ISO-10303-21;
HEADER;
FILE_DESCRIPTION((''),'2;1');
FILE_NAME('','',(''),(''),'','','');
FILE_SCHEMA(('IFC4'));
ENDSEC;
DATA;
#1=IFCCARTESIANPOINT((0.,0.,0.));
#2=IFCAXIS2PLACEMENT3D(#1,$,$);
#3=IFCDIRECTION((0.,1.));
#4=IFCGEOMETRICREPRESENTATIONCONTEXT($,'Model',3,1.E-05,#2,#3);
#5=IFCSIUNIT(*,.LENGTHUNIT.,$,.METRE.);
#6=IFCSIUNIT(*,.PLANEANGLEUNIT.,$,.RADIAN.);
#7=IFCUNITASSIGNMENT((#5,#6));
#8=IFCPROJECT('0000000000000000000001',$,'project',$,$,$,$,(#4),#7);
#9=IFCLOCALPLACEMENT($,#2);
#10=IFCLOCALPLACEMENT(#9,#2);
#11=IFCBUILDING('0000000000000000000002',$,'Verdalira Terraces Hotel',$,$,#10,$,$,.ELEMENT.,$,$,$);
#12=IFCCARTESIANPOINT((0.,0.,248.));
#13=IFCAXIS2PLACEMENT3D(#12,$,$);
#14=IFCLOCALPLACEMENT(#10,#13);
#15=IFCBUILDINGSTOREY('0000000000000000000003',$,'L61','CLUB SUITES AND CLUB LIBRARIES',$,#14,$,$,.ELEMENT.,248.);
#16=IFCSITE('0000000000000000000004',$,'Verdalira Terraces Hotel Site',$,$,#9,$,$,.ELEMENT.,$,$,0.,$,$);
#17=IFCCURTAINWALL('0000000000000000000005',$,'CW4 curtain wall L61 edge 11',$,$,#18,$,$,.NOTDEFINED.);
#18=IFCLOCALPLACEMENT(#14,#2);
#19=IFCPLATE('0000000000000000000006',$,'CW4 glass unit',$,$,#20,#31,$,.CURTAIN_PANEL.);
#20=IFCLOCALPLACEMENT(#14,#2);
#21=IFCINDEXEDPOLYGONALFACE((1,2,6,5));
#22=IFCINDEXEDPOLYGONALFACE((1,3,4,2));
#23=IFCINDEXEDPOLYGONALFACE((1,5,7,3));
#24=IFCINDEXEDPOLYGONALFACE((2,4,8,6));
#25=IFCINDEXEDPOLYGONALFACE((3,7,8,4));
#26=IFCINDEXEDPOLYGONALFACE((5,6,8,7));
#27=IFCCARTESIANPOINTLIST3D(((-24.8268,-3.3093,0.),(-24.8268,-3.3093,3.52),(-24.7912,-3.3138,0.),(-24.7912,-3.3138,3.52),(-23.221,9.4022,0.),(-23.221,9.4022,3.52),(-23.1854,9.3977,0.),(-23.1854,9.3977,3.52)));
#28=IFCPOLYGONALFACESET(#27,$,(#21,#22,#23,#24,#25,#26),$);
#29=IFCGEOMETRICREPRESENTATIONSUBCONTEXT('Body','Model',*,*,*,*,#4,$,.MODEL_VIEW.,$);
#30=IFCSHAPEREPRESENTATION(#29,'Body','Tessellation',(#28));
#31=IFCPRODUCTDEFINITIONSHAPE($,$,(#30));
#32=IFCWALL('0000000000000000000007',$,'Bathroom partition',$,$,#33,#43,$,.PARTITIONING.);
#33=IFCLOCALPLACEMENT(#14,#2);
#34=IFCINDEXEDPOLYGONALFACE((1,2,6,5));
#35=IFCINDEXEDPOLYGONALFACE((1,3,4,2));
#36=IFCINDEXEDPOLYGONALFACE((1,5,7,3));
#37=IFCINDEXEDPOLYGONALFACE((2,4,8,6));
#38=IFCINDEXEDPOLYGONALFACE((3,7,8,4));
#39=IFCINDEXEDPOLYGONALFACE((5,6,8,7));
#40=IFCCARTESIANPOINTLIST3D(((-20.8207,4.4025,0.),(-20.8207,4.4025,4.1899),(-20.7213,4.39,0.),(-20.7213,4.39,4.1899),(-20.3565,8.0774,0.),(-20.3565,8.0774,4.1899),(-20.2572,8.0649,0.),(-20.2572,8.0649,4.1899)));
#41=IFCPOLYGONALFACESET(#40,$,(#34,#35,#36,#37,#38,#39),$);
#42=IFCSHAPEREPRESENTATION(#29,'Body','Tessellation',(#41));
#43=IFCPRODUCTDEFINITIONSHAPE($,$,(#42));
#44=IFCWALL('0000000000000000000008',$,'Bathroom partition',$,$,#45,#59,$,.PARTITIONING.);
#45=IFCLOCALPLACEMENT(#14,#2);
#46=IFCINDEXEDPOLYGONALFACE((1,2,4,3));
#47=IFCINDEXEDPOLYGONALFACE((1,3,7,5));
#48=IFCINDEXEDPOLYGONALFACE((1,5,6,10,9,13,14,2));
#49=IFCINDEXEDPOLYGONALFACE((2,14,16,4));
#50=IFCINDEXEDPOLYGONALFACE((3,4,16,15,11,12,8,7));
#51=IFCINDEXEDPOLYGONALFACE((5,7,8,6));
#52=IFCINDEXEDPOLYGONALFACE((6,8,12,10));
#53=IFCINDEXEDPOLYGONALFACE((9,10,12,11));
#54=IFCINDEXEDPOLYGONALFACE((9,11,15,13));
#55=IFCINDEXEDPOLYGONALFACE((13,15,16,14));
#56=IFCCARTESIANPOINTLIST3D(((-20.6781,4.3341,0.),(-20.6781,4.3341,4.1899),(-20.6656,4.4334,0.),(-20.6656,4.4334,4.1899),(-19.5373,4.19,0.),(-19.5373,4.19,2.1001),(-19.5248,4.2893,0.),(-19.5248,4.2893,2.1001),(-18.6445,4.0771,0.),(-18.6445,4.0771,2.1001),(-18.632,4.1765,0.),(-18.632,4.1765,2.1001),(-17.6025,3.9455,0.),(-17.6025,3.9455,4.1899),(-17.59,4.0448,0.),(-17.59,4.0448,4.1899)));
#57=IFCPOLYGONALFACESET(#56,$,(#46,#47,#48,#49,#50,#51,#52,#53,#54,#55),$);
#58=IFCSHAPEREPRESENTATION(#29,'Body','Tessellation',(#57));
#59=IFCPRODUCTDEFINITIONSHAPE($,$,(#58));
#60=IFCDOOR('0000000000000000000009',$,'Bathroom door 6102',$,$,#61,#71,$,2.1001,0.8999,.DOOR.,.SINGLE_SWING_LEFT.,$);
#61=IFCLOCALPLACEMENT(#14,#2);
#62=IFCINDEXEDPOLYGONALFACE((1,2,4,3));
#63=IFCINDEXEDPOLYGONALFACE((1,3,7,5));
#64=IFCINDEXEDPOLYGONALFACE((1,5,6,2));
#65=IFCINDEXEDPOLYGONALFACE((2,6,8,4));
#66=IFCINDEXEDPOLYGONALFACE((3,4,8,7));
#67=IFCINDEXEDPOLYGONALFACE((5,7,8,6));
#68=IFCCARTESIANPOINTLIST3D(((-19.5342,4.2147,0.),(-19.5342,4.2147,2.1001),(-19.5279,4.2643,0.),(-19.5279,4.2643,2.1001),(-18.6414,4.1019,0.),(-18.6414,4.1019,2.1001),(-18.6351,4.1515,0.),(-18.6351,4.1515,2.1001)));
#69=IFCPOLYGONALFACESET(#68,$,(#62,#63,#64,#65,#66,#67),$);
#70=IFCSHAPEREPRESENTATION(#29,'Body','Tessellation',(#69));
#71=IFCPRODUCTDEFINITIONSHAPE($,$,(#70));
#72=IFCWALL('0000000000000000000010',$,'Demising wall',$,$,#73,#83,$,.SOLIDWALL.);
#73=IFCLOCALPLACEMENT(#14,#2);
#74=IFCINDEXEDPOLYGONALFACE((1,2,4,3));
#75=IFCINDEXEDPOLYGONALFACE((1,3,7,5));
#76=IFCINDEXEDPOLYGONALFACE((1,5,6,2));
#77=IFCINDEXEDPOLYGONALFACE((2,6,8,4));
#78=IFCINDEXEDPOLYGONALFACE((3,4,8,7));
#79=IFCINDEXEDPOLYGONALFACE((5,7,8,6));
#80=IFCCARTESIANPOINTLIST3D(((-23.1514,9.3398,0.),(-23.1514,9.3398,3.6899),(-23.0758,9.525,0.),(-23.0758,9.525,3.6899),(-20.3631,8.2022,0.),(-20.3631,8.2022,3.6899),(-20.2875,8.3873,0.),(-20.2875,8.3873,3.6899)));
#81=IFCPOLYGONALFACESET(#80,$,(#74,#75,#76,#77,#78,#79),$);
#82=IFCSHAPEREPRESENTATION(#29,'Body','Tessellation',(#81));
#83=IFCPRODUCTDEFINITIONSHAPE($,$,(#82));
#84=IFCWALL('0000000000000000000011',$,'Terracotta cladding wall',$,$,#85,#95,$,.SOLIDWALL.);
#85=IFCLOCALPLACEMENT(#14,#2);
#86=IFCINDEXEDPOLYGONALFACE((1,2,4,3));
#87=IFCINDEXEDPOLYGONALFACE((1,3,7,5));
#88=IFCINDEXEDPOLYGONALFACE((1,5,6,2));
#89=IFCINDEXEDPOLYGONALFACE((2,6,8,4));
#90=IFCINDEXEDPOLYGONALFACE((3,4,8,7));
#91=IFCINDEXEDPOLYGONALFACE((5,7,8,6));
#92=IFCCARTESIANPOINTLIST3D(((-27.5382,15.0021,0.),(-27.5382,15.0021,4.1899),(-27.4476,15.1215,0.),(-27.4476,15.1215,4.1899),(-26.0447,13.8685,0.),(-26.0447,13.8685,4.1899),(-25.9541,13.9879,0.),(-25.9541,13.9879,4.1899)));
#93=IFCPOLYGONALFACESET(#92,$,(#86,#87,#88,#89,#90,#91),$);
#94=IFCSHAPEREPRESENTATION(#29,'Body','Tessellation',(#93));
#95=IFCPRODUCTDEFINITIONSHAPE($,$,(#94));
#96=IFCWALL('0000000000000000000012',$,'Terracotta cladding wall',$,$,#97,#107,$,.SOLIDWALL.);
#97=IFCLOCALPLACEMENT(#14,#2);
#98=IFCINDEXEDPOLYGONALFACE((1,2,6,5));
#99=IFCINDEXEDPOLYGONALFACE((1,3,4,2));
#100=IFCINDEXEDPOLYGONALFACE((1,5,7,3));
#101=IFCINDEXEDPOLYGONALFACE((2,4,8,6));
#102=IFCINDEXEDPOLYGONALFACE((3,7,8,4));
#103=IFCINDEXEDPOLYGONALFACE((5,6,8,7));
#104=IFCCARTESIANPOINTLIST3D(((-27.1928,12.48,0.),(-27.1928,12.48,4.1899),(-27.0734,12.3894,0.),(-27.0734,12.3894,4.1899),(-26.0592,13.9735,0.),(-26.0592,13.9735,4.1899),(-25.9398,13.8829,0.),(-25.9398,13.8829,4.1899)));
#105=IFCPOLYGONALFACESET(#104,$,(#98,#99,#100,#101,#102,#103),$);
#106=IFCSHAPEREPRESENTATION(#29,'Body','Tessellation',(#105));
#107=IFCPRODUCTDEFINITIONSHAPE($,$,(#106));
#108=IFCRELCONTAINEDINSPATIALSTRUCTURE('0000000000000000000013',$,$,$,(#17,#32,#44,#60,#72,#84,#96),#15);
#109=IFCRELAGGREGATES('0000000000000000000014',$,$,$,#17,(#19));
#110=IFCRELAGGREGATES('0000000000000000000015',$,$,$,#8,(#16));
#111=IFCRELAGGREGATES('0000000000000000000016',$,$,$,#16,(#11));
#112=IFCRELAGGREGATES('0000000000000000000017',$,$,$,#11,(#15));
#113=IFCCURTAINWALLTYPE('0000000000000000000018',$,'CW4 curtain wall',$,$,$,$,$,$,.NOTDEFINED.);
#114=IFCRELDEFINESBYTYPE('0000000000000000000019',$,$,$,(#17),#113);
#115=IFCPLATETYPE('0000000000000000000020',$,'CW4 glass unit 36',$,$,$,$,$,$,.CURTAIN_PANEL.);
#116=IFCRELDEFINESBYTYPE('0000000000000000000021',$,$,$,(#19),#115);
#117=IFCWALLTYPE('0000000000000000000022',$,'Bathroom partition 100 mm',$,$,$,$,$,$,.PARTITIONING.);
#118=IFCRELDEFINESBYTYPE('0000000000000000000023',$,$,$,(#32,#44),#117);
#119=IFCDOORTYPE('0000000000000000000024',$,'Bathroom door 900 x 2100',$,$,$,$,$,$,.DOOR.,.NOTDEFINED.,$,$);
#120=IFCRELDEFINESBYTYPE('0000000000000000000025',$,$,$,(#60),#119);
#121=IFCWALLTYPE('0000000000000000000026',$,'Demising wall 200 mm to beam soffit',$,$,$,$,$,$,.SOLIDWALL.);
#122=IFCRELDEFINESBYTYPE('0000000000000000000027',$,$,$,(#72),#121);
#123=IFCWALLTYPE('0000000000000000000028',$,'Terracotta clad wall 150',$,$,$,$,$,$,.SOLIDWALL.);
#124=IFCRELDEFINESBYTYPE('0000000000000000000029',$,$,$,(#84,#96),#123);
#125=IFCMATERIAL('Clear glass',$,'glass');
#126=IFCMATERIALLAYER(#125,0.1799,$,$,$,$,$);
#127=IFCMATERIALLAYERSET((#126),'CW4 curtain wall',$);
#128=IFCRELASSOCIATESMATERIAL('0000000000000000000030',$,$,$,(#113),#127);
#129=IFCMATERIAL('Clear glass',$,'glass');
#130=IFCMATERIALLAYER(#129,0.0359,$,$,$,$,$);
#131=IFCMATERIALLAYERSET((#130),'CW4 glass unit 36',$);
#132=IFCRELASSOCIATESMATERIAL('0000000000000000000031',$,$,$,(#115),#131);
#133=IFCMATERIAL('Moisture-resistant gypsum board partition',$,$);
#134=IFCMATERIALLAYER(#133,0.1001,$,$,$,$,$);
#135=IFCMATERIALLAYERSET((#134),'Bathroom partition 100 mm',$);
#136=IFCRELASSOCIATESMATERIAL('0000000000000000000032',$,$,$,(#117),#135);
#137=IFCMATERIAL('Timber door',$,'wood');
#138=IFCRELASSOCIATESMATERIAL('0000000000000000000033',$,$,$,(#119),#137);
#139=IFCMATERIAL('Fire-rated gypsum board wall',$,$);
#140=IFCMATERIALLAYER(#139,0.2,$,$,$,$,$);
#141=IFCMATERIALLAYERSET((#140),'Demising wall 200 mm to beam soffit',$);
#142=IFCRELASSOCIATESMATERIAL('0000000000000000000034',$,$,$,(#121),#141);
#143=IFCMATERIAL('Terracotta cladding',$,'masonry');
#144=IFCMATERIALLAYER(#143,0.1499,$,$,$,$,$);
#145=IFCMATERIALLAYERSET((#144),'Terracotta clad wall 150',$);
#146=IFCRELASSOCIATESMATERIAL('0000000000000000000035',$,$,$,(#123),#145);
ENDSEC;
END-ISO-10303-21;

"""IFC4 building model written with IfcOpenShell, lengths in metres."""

from ifc_helpers import new_model, si_unit, direction, frame, frame_2d, origin, origin_2d, place, context, subcontext, project, spatial, rectangle, extrude, material, layer, layer_set, type_object, element, fill, aggregate, save


model = new_model("IFC4")

# Units and contexts
model_context = context("Model", 3, precision=1e-05, world=origin(), true_north=direction((0.0, 1.0)))
body_context = subcontext(model_context, "Body", "Model", "MODEL_VIEW")
ifc_project = project(units=[si_unit("LENGTHUNIT", "METRE"), si_unit("PLANEANGLEUNIT", "RADIAN")], contexts=[model_context])

# Site, building, storey
site_placement = place(None, origin())
site = spatial("IfcSite", under=ifc_project, at=site_placement, Name="Verdalira Terraces Hotel Site", CompositionType="ELEMENT", RefElevation=0.0)
building_placement = place(site_placement, origin())
building = spatial("IfcBuilding", under=site, at=building_placement, Name="Verdalira Terraces Hotel", CompositionType="ELEMENT")
storey_placement = place(building_placement, frame((0.0, 0.0, 248.0)))
storey = spatial("IfcBuildingStorey", under=building, at=storey_placement, Name="L61", Description="CLUB SUITES AND CLUB LIBRARIES", CompositionType="ELEMENT", Elevation=248.0)

# Shared definitions
ifc_material_1 = material(Name="Clear glass", Category="glass")
ifc_layer_1 = layer(ifc_material_1, 0.1799)
ifc_layer_set_1 = layer_set([ifc_layer_1], Name="CW4 curtain wall")
curtain_wall_type = type_object("IfcCurtainWallType", Name="CW4 curtain wall", PredefinedType="NOTDEFINED", material=ifc_layer_set_1)

# Curtain wall
curtain_wall_1_placement = place(storey_placement, origin())
curtain_wall_1 = element("IfcCurtainWall", 1, at=curtain_wall_1_placement, inside=storey, type_object=curtain_wall_type, Name="CW4 curtain wall L61 edge 11", PredefinedType="NOTDEFINED")

# Plate
ifc_material_2 = material(Name="Clear glass", Category="glass")
ifc_layer_2 = layer(ifc_material_2, 0.0359)
ifc_layer_set_2 = layer_set([ifc_layer_2], Name="CW4 glass unit 36")
plate_type = type_object("IfcPlateType", Name="CW4 glass unit 36", PredefinedType="CURTAIN_PANEL", material=ifc_layer_set_2)
plate_1_placement = place(storey_placement, frame((-24.0061, 3.0442, 0.0), z_axis=(0.0, 0.0, 1.0), x_axis=(-0.125333, -0.992115, 0.0)))
plate_1 = element("IfcPlate", 2, at=plate_1_placement, type_object=plate_type, Name="CW4 glass unit", PredefinedType="CURTAIN_PANEL", context=body_context, shape_type="SweptSolid", body=[
    extrude(rectangle(XDim=12.8125, YDim=0.0359, at=origin_2d()), origin(), (0.0, 0.0, 1.0), 3.52),
])
aggregate(curtain_wall_1, [plate_1])

# Wall
ifc_material_3 = material(Name="Moisture-resistant gypsum board partition")
ifc_layer_3 = layer(ifc_material_3, 0.1001)
ifc_layer_set_3 = layer_set([ifc_layer_3], Name="Bathroom partition 100 mm")
wall_type_1 = type_object("IfcWallType", Name="Bathroom partition 100 mm", PredefinedType="PARTITIONING", material=ifc_layer_set_3)
wall_1_placement = place(storey_placement, frame((-20.771, 4.3962, 0.0), z_axis=(0.0, 0.0, 1.0), x_axis=(0.1253, 0.992119, 0.0)))
element("IfcWall", 3, at=wall_1_placement, inside=storey, type_object=wall_type_1, Name="Bathroom partition", PredefinedType="PARTITIONING", context=body_context, shape_type="SweptSolid", body=[
    extrude(rectangle(XDim=3.7041, YDim=0.1001, at=frame_2d((1.8521, 0.0))), origin(), (0.0, 0.0, 1.0), 4.1899),
])

# Wall, opening, door
wall_2_placement = place(storey_placement, frame((-20.6719, 4.3838, 0.0), z_axis=(0.0, 0.0, 1.0), x_axis=(0.99211, -0.125372, 0.0)))
wall_2 = element("IfcWall", 4, at=wall_2_placement, inside=storey, type_object=wall_type_1, Name="Bathroom partition", PredefinedType="PARTITIONING", context=body_context, shape_type="SweptSolid", body=[
    extrude(rectangle(XDim=3.1001, YDim=0.1001, at=frame_2d((1.55, 0.0))), origin(), (0.0, 0.0, 1.0), 4.1899),
])
opening_placement = place(wall_2_placement, frame((1.1499, 0.0, 0.0)))
opening = element("IfcOpeningElement", 5, at=opening_placement, cuts=wall_2, PredefinedType="OPENING", context=body_context, shape_type="SweptSolid", body=[
    extrude(rectangle(XDim=0.8999, YDim=2.1001, at=frame_2d((0.45, 1.05))), frame((0.0, 0.0601, 0.0), z_axis=(0.0, -1.0, 0.0), x_axis=(1.0, 0.0, 0.0)), (0.0, 0.0, 1.0), 0.1201),
])
ifc_material_4 = material(Name="Timber door", Category="wood")
door_type = type_object("IfcDoorType", Name="Bathroom door 900 x 2100", OperationType="NOTDEFINED", PredefinedType="DOOR", material=ifc_material_4)
door_placement = place(opening_placement, origin())
door = element("IfcDoor", 6, at=door_placement, inside=storey, type_object=door_type, Name="Bathroom door 6102", OperationType="SINGLE_SWING_LEFT", OverallHeight=2.1001, OverallWidth=0.8999, PredefinedType="DOOR", context=body_context, shape_type="SweptSolid", body=[
    extrude(rectangle(XDim=0.8999, YDim=2.1001, at=frame_2d((0.45, 1.05))), frame((0.0, 0.0249, 0.0), z_axis=(0.0, -1.0, 0.0), x_axis=(1.0, 0.0, 0.0)), (0.0, 0.0, 1.0), 0.05),
])
fill(opening, door)

# Walls
ifc_material_5 = material(Name="Fire-rated gypsum board wall")
ifc_layer_4 = layer(ifc_material_5, 0.2)
ifc_layer_set_4 = layer_set([ifc_layer_4], Name="Demising wall 200 mm to beam soffit")
wall_type_2 = type_object("IfcWallType", Name="Demising wall 200 mm to beam soffit", PredefinedType="SOLIDWALL", material=ifc_layer_set_4)
wall_3_placement = place(storey_placement, frame((-20.3252, 8.2947, 0.0), z_axis=(0.0, 0.0, 1.0), x_axis=(-0.925894, 0.377784, 0.0)))
element("IfcWall", 7, at=wall_3_placement, inside=storey, type_object=wall_type_2, Name="Demising wall", PredefinedType="SOLIDWALL", context=body_context, shape_type="SweptSolid", body=[
    extrude(rectangle(XDim=3.0115, YDim=0.2, at=frame_2d((1.5059, 0.0))), origin(), (0.0, 0.0, 1.0), 3.6899),
])
ifc_material_6 = material(Name="Terracotta cladding", Category="masonry")
ifc_layer_5 = layer(ifc_material_6, 0.1499)
ifc_layer_set_5 = layer_set([ifc_layer_5], Name="Terracotta clad wall 150")
wall_type_3 = type_object("IfcWallType", Name="Terracotta clad wall 150", PredefinedType="SOLIDWALL", material=ifc_layer_set_5)
for number, where, z_axis, x_axis, name in (
    (8, (-27.4929, 15.0618, 0.0), (0.0, 0.0, 1.0), (0.796533, -0.604595, 0.0), "Terracotta cladding wall"),
    (9, (-25.9995, 13.9282, 0.0), (0.0, 0.0, 1.0), (-0.604595, -0.796533, 0.0), "Terracotta cladding wall"),
):
    element("IfcWall", number, at=place(storey_placement, frame(where, z_axis=z_axis, x_axis=x_axis)), inside=storey, type_object=wall_type_3, Name=name, PredefinedType="SOLIDWALL", context=body_context, shape_type="SweptSolid", body=[
        extrude(rectangle(XDim=1.875, YDim=0.1499, at=frame_2d((0.9375, 0.0))), origin(), (0.0, 0.0, 1.0), 4.1899),
    ])

save(model, "model.ifc")
